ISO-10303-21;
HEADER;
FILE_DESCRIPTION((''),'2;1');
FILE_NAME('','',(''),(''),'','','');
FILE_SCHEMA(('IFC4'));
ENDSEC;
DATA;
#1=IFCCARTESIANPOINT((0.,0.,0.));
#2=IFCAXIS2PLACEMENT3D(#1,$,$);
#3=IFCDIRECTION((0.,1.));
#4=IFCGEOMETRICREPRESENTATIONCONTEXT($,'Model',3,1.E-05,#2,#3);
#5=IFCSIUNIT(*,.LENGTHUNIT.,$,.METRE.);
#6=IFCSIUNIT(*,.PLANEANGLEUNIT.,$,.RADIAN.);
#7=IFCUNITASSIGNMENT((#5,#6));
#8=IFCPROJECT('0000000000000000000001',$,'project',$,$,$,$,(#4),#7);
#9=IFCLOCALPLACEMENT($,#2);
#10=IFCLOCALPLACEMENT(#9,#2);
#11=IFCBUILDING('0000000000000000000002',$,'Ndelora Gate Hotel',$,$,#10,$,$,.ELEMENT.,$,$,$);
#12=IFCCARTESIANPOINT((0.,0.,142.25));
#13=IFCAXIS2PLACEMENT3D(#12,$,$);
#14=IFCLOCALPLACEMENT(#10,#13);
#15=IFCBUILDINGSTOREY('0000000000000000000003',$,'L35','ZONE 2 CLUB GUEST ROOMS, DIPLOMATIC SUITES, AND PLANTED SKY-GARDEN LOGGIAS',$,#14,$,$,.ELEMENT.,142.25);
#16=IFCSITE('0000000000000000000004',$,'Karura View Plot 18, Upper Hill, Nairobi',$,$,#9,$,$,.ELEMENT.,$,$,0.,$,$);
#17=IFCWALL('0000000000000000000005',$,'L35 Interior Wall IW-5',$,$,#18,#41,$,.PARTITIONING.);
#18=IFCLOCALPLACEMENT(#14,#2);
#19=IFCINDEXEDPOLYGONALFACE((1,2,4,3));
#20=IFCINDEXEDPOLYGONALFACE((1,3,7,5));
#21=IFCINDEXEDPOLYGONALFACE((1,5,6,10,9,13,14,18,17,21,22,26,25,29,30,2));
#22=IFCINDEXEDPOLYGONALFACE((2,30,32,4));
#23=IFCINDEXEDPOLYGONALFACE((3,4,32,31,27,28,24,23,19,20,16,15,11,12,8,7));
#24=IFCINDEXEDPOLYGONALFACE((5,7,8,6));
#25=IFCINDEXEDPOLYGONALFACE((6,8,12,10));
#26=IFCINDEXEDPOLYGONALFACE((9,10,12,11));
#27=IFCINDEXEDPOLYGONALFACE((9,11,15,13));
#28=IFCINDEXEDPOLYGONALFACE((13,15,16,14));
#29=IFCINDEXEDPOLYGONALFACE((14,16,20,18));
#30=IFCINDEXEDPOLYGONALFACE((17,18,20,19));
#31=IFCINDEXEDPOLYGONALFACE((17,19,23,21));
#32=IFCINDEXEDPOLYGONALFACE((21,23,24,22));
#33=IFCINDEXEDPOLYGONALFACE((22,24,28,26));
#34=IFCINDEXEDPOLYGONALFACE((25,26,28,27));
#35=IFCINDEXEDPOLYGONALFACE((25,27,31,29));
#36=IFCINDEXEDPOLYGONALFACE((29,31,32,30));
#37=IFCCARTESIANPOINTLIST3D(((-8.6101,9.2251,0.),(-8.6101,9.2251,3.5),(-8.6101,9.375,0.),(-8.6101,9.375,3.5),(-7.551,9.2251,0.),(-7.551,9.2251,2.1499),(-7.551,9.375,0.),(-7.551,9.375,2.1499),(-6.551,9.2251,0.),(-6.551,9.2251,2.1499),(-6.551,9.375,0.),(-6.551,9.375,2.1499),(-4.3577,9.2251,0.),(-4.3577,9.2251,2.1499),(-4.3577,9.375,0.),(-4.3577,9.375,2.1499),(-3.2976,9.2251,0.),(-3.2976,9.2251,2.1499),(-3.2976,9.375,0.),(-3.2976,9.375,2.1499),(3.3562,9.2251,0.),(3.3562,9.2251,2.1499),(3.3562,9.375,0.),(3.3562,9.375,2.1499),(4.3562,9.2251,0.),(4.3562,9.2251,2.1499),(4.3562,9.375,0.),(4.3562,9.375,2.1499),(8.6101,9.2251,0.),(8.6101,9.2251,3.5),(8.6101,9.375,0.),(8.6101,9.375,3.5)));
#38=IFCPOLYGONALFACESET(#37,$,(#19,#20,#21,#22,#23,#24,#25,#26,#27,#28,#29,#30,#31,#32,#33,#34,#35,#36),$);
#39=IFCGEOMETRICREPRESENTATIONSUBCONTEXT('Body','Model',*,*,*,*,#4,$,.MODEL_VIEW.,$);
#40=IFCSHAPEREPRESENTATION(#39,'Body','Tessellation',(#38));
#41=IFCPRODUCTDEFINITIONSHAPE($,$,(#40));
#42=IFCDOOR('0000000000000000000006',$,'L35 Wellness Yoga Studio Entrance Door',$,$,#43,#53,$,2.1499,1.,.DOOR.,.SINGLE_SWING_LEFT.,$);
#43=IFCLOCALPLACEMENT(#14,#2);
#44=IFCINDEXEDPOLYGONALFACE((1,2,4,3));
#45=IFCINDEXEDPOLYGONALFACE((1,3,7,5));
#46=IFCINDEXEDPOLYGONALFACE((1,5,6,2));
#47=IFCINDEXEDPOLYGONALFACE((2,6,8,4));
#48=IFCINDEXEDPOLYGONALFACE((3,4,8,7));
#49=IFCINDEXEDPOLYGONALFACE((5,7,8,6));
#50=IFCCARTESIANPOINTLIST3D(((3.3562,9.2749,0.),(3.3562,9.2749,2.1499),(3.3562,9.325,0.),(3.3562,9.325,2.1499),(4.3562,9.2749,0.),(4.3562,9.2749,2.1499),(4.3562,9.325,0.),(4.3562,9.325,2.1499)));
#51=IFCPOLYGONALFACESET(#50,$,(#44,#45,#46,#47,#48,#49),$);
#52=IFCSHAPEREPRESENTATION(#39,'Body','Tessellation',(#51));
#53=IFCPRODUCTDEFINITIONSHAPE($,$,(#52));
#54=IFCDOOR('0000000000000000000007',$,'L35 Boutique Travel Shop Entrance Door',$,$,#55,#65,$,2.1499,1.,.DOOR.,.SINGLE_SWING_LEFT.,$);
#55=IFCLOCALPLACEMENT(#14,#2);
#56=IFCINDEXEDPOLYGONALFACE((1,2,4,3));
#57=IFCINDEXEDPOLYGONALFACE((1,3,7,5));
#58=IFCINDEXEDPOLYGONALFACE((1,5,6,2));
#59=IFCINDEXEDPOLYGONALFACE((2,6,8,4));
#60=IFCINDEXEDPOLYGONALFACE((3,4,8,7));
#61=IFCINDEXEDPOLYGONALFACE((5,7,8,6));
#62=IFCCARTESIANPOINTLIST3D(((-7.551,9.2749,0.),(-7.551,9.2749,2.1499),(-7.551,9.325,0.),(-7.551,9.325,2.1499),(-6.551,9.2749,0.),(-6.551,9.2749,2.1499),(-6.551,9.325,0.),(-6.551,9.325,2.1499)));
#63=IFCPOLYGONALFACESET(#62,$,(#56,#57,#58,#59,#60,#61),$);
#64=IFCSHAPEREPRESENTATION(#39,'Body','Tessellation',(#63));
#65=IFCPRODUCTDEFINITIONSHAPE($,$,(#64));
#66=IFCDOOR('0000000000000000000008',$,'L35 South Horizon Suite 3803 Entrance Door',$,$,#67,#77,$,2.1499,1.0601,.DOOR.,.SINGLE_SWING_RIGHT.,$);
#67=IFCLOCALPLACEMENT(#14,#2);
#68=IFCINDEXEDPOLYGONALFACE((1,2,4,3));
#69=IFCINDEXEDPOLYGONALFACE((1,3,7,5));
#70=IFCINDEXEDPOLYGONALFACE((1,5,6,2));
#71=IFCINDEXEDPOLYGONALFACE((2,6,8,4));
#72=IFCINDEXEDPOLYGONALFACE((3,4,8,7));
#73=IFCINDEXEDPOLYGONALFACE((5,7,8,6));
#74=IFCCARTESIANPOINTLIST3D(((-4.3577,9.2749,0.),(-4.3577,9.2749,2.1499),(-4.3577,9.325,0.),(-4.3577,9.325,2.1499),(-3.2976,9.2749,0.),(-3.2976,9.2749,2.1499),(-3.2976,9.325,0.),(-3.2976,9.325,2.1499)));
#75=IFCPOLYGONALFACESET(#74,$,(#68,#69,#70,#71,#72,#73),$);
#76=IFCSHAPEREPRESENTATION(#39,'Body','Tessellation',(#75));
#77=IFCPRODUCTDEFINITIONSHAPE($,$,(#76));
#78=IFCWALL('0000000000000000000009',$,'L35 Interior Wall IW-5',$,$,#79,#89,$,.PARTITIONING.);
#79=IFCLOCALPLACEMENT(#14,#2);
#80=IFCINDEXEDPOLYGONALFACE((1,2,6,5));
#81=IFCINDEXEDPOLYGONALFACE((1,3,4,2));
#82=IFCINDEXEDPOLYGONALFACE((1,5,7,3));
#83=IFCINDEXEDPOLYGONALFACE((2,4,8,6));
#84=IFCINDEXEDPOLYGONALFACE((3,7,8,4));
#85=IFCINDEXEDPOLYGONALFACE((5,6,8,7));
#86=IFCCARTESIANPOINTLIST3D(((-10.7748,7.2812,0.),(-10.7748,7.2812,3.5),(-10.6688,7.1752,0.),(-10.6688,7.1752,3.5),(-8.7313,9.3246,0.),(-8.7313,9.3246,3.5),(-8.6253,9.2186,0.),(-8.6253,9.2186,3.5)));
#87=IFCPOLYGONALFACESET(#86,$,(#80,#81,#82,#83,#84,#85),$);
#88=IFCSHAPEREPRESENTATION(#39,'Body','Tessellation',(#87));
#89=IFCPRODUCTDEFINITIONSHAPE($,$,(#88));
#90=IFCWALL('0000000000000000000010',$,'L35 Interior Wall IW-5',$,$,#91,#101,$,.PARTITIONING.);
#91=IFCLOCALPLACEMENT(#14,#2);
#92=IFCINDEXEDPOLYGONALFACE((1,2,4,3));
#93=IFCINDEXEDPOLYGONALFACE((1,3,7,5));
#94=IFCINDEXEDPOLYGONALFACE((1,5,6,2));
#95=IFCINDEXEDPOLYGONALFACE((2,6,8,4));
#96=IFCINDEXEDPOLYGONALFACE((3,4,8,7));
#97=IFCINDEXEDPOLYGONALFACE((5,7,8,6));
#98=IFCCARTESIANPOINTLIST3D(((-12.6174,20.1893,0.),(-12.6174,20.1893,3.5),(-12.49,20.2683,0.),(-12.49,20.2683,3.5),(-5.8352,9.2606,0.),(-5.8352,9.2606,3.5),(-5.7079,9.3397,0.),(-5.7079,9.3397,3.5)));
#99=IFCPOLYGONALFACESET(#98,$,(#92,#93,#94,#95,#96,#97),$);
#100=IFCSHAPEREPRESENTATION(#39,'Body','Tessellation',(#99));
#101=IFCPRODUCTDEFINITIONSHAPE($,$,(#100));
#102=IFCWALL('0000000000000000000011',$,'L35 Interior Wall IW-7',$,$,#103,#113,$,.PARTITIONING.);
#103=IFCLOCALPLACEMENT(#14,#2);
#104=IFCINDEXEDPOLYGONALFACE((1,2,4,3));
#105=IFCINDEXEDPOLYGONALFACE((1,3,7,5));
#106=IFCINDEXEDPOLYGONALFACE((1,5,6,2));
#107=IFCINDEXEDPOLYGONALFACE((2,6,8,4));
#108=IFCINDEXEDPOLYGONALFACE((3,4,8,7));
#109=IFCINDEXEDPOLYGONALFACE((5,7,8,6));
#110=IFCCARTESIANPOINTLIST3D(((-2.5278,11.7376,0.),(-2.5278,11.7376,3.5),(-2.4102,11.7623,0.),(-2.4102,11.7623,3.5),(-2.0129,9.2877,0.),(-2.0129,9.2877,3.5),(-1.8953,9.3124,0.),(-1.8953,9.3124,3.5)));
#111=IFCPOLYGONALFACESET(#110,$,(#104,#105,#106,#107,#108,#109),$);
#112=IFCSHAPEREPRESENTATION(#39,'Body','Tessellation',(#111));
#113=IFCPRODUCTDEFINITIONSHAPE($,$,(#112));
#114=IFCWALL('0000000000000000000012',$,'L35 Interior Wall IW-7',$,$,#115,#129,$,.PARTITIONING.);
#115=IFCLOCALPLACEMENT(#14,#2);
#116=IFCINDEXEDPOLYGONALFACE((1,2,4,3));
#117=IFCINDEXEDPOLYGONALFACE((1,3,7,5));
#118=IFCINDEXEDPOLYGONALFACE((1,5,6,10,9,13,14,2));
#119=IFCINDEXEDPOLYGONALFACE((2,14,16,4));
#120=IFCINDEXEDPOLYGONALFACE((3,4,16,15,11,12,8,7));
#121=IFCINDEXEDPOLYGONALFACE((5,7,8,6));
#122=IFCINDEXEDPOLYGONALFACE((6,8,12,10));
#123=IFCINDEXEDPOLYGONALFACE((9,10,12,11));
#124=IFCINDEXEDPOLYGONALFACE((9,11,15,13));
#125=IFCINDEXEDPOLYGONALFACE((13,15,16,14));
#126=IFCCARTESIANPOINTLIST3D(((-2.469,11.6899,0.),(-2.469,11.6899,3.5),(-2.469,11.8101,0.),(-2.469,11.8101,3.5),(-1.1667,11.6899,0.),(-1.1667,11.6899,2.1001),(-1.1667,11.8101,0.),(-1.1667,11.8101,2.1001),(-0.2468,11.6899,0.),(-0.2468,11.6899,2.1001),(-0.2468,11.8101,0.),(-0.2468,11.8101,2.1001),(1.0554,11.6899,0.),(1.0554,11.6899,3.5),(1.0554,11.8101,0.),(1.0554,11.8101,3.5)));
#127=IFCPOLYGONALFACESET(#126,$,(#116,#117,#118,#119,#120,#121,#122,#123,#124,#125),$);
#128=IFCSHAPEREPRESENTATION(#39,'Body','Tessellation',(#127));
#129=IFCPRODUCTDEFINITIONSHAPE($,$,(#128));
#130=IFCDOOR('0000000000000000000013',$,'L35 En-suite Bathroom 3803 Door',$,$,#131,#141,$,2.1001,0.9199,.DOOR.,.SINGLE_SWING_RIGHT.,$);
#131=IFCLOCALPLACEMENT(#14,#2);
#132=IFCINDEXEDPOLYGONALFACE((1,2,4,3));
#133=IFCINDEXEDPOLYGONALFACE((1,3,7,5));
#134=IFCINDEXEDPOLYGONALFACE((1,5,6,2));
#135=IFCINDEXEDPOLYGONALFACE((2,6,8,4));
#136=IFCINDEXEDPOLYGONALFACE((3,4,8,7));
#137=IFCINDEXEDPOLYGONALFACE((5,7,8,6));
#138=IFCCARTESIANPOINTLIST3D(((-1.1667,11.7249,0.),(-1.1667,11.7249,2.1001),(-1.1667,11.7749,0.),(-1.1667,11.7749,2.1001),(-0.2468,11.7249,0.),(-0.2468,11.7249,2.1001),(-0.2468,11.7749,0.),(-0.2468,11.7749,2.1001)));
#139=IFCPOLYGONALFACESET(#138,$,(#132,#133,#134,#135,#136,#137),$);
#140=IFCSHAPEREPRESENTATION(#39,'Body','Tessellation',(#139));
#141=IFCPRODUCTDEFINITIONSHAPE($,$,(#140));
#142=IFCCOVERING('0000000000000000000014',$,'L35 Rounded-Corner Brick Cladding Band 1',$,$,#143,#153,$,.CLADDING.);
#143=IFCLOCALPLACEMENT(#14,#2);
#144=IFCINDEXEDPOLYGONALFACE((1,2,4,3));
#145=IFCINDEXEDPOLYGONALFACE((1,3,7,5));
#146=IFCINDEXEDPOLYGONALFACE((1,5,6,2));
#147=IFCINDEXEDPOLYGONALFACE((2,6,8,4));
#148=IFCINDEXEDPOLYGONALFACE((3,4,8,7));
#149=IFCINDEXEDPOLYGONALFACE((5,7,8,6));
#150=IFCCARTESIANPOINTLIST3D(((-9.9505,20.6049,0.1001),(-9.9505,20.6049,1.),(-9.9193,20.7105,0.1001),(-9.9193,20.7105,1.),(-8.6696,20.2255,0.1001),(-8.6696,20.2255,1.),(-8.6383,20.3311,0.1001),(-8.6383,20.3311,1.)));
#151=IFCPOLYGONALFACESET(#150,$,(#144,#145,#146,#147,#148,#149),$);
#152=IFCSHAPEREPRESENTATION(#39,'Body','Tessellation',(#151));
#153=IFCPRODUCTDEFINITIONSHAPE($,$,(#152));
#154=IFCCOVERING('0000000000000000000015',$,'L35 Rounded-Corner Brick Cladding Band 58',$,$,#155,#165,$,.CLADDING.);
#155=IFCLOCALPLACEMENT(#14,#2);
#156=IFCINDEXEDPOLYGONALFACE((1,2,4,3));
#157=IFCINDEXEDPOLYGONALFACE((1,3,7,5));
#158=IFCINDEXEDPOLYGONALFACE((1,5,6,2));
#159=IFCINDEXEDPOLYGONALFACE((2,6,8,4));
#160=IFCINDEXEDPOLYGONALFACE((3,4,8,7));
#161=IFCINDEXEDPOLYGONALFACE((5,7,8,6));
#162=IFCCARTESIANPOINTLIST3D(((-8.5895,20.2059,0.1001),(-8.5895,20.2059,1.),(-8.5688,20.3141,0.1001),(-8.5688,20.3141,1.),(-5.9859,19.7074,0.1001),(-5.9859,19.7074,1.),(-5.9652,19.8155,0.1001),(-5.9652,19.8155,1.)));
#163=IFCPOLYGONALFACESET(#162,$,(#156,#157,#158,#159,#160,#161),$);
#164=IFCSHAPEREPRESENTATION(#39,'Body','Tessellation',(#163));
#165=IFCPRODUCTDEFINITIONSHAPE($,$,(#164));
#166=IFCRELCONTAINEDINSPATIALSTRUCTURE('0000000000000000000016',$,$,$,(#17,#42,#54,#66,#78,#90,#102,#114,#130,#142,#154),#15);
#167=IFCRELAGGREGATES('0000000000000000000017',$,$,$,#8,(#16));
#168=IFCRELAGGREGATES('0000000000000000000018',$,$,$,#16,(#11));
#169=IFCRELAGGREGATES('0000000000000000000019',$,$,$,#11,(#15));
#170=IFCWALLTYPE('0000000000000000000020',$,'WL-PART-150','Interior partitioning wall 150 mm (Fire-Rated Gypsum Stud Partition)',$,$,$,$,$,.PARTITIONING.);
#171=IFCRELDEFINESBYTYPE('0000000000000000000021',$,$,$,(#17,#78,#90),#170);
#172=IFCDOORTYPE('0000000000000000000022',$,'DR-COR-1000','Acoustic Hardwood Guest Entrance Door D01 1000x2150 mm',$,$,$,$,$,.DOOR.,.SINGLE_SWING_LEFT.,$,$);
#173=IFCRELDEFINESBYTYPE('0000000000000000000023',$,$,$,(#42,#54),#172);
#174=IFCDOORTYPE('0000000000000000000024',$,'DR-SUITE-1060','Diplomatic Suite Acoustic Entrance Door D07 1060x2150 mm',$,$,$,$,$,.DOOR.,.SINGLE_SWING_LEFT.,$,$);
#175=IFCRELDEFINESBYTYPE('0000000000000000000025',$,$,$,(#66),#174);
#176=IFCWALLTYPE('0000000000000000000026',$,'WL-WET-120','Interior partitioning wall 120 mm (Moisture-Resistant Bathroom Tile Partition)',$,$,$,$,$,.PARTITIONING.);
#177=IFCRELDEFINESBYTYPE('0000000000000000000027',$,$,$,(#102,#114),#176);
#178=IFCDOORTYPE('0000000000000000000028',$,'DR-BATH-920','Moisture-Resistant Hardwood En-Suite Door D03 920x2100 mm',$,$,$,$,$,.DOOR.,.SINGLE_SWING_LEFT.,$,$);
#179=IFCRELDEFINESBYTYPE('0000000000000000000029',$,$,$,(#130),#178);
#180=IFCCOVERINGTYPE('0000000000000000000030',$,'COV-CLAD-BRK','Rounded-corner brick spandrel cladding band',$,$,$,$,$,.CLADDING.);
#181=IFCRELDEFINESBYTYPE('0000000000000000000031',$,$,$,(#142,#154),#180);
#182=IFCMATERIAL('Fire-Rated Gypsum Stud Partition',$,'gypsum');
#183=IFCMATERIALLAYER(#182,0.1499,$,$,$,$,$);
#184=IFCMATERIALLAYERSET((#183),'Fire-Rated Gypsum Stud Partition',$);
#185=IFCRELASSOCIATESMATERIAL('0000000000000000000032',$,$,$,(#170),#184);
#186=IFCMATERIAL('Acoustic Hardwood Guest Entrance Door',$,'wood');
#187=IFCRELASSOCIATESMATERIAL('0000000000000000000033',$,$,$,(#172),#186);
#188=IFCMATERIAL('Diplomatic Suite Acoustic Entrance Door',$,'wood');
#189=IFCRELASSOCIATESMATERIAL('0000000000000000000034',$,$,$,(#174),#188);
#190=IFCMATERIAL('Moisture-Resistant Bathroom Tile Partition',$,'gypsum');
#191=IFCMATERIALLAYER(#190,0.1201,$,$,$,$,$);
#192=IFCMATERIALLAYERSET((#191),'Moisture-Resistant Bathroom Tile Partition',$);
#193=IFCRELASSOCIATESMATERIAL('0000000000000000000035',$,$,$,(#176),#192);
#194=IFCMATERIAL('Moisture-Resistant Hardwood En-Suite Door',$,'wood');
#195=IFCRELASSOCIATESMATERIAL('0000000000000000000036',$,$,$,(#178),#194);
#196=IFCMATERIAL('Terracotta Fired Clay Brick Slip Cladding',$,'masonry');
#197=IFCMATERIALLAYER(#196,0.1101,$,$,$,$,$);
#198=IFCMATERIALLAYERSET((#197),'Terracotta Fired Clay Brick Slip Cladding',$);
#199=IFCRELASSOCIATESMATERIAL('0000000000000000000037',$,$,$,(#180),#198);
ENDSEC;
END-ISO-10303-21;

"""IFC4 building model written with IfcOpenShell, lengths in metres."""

from ifc_helpers import new_model, si_unit, direction, frame, frame_2d, origin, origin_2d, place, context, subcontext, project, spatial, rectangle, extrude, material, layer, layer_set, type_object, element, fill, save


model = new_model("IFC4")

# Units and contexts
model_context = context("Model", 3, precision=1e-05, world=origin(), true_north=direction((0.0, 1.0)))
body_context = subcontext(model_context, "Body", "Model", "MODEL_VIEW")
ifc_project = project(units=[si_unit("LENGTHUNIT", "METRE"), si_unit("PLANEANGLEUNIT", "RADIAN")], contexts=[model_context])

# Site, building, storey
site_placement = place(None, origin())
site = spatial("IfcSite", under=ifc_project, at=site_placement, Name="Karura View Plot 18, Upper Hill, Nairobi", CompositionType="ELEMENT", RefElevation=0.0)
building_placement = place(site_placement, origin())
building = spatial("IfcBuilding", under=site, at=building_placement, Name="Ndelora Gate Hotel", CompositionType="ELEMENT")
storey_placement = place(building_placement, frame((0.0, 0.0, 142.25)))
storey = spatial("IfcBuildingStorey", under=building, at=storey_placement, Name="L35", Description="ZONE 2 CLUB GUEST ROOMS, DIPLOMATIC SUITES, AND PLANTED SKY-GARDEN LOGGIAS", CompositionType="ELEMENT", Elevation=142.25)

# Wall, openings, doors
ifc_material_1 = material(Name="Fire-Rated Gypsum Stud Partition", Category="gypsum")
ifc_layer_1 = layer(ifc_material_1, 0.1499)
ifc_layer_set_1 = layer_set([ifc_layer_1], Name="Fire-Rated Gypsum Stud Partition")
wall_type_1 = type_object("IfcWallType", Name="WL-PART-150", Description="Interior partitioning wall 150 mm (Fire-Rated Gypsum Stud Partition)", PredefinedType="PARTITIONING", material=ifc_layer_set_1)
wall_1_placement = place(storey_placement, frame((-8.6101, 9.3, 0.0), z_axis=(0.0, 0.0, 1.0), x_axis=(1.0, 0.0, 0.0)))
wall_1 = element("IfcWall", 1, at=wall_1_placement, inside=storey, type_object=wall_type_1, Name="L35 Interior Wall IW-5", PredefinedType="PARTITIONING", context=body_context, shape_type="SweptSolid", body=[
    extrude(rectangle(XDim=17.2202, YDim=0.1499, at=frame_2d((8.6101, 0.0))), origin(), (0.0, 0.0, 1.0), 3.5),
])
opening_1_placement = place(wall_1_placement, frame((11.9663, 0.0, 0.0)))
opening_1 = element("IfcOpeningElement", 2, at=opening_1_placement, cuts=wall_1, PredefinedType="OPENING", context=body_context, shape_type="SweptSolid", body=[
    extrude(rectangle(XDim=1.0, YDim=2.1499, at=frame_2d((0.5, 1.075))), frame((0.0, 0.085, 0.0), z_axis=(0.0, -1.0, 0.0), x_axis=(1.0, 0.0, 0.0)), (0.0, 0.0, 1.0), 0.1699),
])
opening_2_placement = place(wall_1_placement, frame((1.0591, 0.0, 0.0)))
opening_2 = element("IfcOpeningElement", 3, at=opening_2_placement, cuts=wall_1, PredefinedType="OPENING", context=body_context, shape_type="SweptSolid", body=[
    extrude(rectangle(XDim=1.0, YDim=2.1499, at=frame_2d((0.5, 1.075))), frame((0.0, 0.085, 0.0), z_axis=(0.0, -1.0, 0.0), x_axis=(1.0, 0.0, 0.0)), (0.0, 0.0, 1.0), 0.1699),
])
opening_3_placement = place(wall_1_placement, frame((4.2524, 0.0, 0.0)))
opening_3 = element("IfcOpeningElement", 4, at=opening_3_placement, cuts=wall_1, PredefinedType="OPENING", context=body_context, shape_type="SweptSolid", body=[
    extrude(rectangle(XDim=1.0601, YDim=2.1499, at=frame_2d((0.53, 1.075))), frame((0.0, 0.085, 0.0), z_axis=(0.0, -1.0, 0.0), x_axis=(1.0, 0.0, 0.0)), (0.0, 0.0, 1.0), 0.1699),
])
ifc_material_2 = material(Name="Acoustic Hardwood Guest Entrance Door", Category="wood")
door_type_1 = type_object("IfcDoorType", Name="DR-COR-1000", Description="Acoustic Hardwood Guest Entrance Door D01 1000x2150 mm", OperationType="SINGLE_SWING_LEFT", PredefinedType="DOOR", material=ifc_material_2)
door_1_placement = place(opening_1_placement, origin())
door_1 = element("IfcDoor", 5, at=door_1_placement, inside=storey, type_object=door_type_1, Name="L35 Wellness Yoga Studio Entrance Door", OperationType="SINGLE_SWING_LEFT", OverallHeight=2.1499, OverallWidth=1.0, PredefinedType="DOOR", context=body_context, shape_type="SweptSolid", body=[
    extrude(rectangle(XDim=1.0, YDim=2.1499, at=frame_2d((0.5, 1.075))), frame((0.0, 0.0249, 0.0), z_axis=(0.0, -1.0, 0.0), x_axis=(1.0, 0.0, 0.0)), (0.0, 0.0, 1.0), 0.05),
])
fill(opening_1, door_1)
door_2_placement = place(opening_2_placement, origin())
door_2 = element("IfcDoor", 6, at=door_2_placement, inside=storey, type_object=door_type_1, Name="L35 Boutique Travel Shop Entrance Door", OperationType="SINGLE_SWING_LEFT", OverallHeight=2.1499, OverallWidth=1.0, PredefinedType="DOOR", context=body_context, shape_type="SweptSolid", body=[
    extrude(rectangle(XDim=1.0, YDim=2.1499, at=frame_2d((0.5, 1.075))), frame((0.0, 0.0249, 0.0), z_axis=(0.0, -1.0, 0.0), x_axis=(1.0, 0.0, 0.0)), (0.0, 0.0, 1.0), 0.05),
])
fill(opening_2, door_2)
ifc_material_3 = material(Name="Diplomatic Suite Acoustic Entrance Door", Category="wood")
door_type_2 = type_object("IfcDoorType", Name="DR-SUITE-1060", Description="Diplomatic Suite Acoustic Entrance Door D07 1060x2150 mm", OperationType="SINGLE_SWING_LEFT", PredefinedType="DOOR", material=ifc_material_3)
door_3_placement = place(opening_3_placement, origin())
door_3 = element("IfcDoor", 7, at=door_3_placement, inside=storey, type_object=door_type_2, Name="L35 South Horizon Suite 3803 Entrance Door", OperationType="SINGLE_SWING_RIGHT", OverallHeight=2.1499, OverallWidth=1.0601, PredefinedType="DOOR", context=body_context, shape_type="SweptSolid", body=[
    extrude(rectangle(XDim=1.0601, YDim=2.1499, at=frame_2d((0.53, 1.075))), frame((0.0, 0.0249, 0.0), z_axis=(0.0, -1.0, 0.0), x_axis=(1.0, 0.0, 0.0)), (0.0, 0.0, 1.0), 0.05),
])
fill(opening_3, door_3)

# Walls
wall_2_placement = place(storey_placement, frame((-10.7217, 7.2283, 0.0), z_axis=(0.0, 0.0, 1.0), x_axis=(0.707107, 0.707107, 0.0)))
element("IfcWall", 8, at=wall_2_placement, inside=storey, type_object=wall_type_1, Name="L35 Interior Wall IW-5", PredefinedType="PARTITIONING", context=body_context, shape_type="SweptSolid", body=[
    extrude(rectangle(XDim=2.8899, YDim=0.1499, at=frame_2d((1.4448, 0.0))), origin(), (0.0, 0.0, 1.0), 3.5),
])
wall_3_placement = place(storey_placement, frame((-5.7715, 9.3, 0.0), z_axis=(0.0, 0.0, 1.0), x_axis=(-0.5273, 0.849679, 0.0)))
element("IfcWall", 9, at=wall_3_placement, inside=storey, type_object=wall_type_1, Name="L35 Interior Wall IW-5", PredefinedType="PARTITIONING", context=body_context, shape_type="SweptSolid", body=[
    extrude(rectangle(XDim=12.8621, YDim=0.1499, at=frame_2d((6.4312, 0.0))), origin(), (0.0, 0.0, 1.0), 3.5),
])
ifc_material_4 = material(Name="Moisture-Resistant Bathroom Tile Partition", Category="gypsum")
ifc_layer_2 = layer(ifc_material_4, 0.1201)
ifc_layer_set_2 = layer_set([ifc_layer_2], Name="Moisture-Resistant Bathroom Tile Partition")
wall_type_2 = type_object("IfcWallType", Name="WL-WET-120", Description="Interior partitioning wall 120 mm (Moisture-Resistant Bathroom Tile Partition)", PredefinedType="PARTITIONING", material=ifc_layer_set_2)
wall_4_placement = place(storey_placement, frame((-1.9541, 9.3, 0.0), z_axis=(0.0, 0.0, 1.0), x_axis=(-0.205671, 0.978621, 0.0)))
element("IfcWall", 10, at=wall_4_placement, inside=storey, type_object=wall_type_2, Name="L35 Interior Wall IW-7", PredefinedType="PARTITIONING", context=body_context, shape_type="SweptSolid", body=[
    extrude(rectangle(XDim=2.5034, YDim=0.1201, at=frame_2d((1.2517, 0.0))), origin(), (0.0, 0.0, 1.0), 3.5),
])

# Wall, opening, door
wall_5_placement = place(storey_placement, frame((-2.469, 11.75, 0.0), z_axis=(0.0, 0.0, 1.0), x_axis=(1.0, 0.0, 0.0)))
wall_5 = element("IfcWall", 11, at=wall_5_placement, inside=storey, type_object=wall_type_2, Name="L35 Interior Wall IW-7", PredefinedType="PARTITIONING", context=body_context, shape_type="SweptSolid", body=[
    extrude(rectangle(XDim=3.5244, YDim=0.1201, at=frame_2d((1.7622, 0.0))), origin(), (0.0, 0.0, 1.0), 3.5),
])
opening_4_placement = place(wall_5_placement, frame((1.3022, 0.0, 0.0)))
opening_4 = element("IfcOpeningElement", 12, at=opening_4_placement, cuts=wall_5, PredefinedType="OPENING", context=body_context, shape_type="SweptSolid", body=[
    extrude(rectangle(XDim=0.9199, YDim=2.1001, at=frame_2d((0.46, 1.05))), frame((0.0, 0.0701, 0.0), z_axis=(0.0, -1.0, 0.0), x_axis=(1.0, 0.0, 0.0)), (0.0, 0.0, 1.0), 0.1401),
])
ifc_material_5 = material(Name="Moisture-Resistant Hardwood En-Suite Door", Category="wood")
door_type_3 = type_object("IfcDoorType", Name="DR-BATH-920", Description="Moisture-Resistant Hardwood En-Suite Door D03 920x2100 mm", OperationType="SINGLE_SWING_LEFT", PredefinedType="DOOR", material=ifc_material_5)
door_4_placement = place(opening_4_placement, origin())
door_4 = element("IfcDoor", 13, at=door_4_placement, inside=storey, type_object=door_type_3, Name="L35 En-suite Bathroom 3803 Door", OperationType="SINGLE_SWING_RIGHT", OverallHeight=2.1001, OverallWidth=0.9199, PredefinedType="DOOR", context=body_context, shape_type="SweptSolid", body=[
    extrude(rectangle(XDim=0.9199, YDim=2.1001, at=frame_2d((0.46, 1.05))), frame((0.0, 0.0249, 0.0), z_axis=(0.0, -1.0, 0.0), x_axis=(1.0, 0.0, 0.0)), (0.0, 0.0, 1.0), 0.05),
])
fill(opening_4, door_4)

# Coverings
ifc_material_6 = material(Name="Terracotta Fired Clay Brick Slip Cladding", Category="masonry")
ifc_layer_3 = layer(ifc_material_6, 0.1101)
ifc_layer_set_3 = layer_set([ifc_layer_3], Name="Terracotta Fired Clay Brick Slip Cladding")
covering_type_1 = type_object("IfcCoveringType", Name="COV-CLAD-BRK", Description="Rounded-corner brick spandrel cladding band", PredefinedType="CLADDING", material=ifc_layer_set_3)
covering_1_placement = place(storey_placement, frame((-9.2944, 20.468, 0.1001), z_axis=(0.0, 0.0, 1.0), x_axis=(-0.95882, 0.284015, 0.0)))
element("IfcCovering", 14, at=covering_1_placement, inside=storey, type_object=covering_type_1, Name="L35 Rounded-Corner Brick Cladding Band 1", PredefinedType="CLADDING", context=body_context, shape_type="SweptSolid", body=[
    extrude(rectangle(XDim=1.3359, YDim=0.1101, at=origin_2d()), origin(), (0.0, 0.0, 1.0), 0.8999),
])
covering_2_placement = place(storey_placement, frame((-7.2773, 20.0107, 0.1001), z_axis=(0.0, 0.0, 1.0), x_axis=(-0.982156, 0.188067, 0.0)))
element("IfcCovering", 15, at=covering_2_placement, inside=storey, type_object=covering_type_1, Name="L35 Rounded-Corner Brick Cladding Band 58", PredefinedType="CLADDING", context=body_context, shape_type="SweptSolid", body=[
    extrude(rectangle(XDim=2.6509, YDim=0.1101, at=origin_2d()), origin(), (0.0, 0.0, 1.0), 0.8999),
])

save(model, "model.ifc")
